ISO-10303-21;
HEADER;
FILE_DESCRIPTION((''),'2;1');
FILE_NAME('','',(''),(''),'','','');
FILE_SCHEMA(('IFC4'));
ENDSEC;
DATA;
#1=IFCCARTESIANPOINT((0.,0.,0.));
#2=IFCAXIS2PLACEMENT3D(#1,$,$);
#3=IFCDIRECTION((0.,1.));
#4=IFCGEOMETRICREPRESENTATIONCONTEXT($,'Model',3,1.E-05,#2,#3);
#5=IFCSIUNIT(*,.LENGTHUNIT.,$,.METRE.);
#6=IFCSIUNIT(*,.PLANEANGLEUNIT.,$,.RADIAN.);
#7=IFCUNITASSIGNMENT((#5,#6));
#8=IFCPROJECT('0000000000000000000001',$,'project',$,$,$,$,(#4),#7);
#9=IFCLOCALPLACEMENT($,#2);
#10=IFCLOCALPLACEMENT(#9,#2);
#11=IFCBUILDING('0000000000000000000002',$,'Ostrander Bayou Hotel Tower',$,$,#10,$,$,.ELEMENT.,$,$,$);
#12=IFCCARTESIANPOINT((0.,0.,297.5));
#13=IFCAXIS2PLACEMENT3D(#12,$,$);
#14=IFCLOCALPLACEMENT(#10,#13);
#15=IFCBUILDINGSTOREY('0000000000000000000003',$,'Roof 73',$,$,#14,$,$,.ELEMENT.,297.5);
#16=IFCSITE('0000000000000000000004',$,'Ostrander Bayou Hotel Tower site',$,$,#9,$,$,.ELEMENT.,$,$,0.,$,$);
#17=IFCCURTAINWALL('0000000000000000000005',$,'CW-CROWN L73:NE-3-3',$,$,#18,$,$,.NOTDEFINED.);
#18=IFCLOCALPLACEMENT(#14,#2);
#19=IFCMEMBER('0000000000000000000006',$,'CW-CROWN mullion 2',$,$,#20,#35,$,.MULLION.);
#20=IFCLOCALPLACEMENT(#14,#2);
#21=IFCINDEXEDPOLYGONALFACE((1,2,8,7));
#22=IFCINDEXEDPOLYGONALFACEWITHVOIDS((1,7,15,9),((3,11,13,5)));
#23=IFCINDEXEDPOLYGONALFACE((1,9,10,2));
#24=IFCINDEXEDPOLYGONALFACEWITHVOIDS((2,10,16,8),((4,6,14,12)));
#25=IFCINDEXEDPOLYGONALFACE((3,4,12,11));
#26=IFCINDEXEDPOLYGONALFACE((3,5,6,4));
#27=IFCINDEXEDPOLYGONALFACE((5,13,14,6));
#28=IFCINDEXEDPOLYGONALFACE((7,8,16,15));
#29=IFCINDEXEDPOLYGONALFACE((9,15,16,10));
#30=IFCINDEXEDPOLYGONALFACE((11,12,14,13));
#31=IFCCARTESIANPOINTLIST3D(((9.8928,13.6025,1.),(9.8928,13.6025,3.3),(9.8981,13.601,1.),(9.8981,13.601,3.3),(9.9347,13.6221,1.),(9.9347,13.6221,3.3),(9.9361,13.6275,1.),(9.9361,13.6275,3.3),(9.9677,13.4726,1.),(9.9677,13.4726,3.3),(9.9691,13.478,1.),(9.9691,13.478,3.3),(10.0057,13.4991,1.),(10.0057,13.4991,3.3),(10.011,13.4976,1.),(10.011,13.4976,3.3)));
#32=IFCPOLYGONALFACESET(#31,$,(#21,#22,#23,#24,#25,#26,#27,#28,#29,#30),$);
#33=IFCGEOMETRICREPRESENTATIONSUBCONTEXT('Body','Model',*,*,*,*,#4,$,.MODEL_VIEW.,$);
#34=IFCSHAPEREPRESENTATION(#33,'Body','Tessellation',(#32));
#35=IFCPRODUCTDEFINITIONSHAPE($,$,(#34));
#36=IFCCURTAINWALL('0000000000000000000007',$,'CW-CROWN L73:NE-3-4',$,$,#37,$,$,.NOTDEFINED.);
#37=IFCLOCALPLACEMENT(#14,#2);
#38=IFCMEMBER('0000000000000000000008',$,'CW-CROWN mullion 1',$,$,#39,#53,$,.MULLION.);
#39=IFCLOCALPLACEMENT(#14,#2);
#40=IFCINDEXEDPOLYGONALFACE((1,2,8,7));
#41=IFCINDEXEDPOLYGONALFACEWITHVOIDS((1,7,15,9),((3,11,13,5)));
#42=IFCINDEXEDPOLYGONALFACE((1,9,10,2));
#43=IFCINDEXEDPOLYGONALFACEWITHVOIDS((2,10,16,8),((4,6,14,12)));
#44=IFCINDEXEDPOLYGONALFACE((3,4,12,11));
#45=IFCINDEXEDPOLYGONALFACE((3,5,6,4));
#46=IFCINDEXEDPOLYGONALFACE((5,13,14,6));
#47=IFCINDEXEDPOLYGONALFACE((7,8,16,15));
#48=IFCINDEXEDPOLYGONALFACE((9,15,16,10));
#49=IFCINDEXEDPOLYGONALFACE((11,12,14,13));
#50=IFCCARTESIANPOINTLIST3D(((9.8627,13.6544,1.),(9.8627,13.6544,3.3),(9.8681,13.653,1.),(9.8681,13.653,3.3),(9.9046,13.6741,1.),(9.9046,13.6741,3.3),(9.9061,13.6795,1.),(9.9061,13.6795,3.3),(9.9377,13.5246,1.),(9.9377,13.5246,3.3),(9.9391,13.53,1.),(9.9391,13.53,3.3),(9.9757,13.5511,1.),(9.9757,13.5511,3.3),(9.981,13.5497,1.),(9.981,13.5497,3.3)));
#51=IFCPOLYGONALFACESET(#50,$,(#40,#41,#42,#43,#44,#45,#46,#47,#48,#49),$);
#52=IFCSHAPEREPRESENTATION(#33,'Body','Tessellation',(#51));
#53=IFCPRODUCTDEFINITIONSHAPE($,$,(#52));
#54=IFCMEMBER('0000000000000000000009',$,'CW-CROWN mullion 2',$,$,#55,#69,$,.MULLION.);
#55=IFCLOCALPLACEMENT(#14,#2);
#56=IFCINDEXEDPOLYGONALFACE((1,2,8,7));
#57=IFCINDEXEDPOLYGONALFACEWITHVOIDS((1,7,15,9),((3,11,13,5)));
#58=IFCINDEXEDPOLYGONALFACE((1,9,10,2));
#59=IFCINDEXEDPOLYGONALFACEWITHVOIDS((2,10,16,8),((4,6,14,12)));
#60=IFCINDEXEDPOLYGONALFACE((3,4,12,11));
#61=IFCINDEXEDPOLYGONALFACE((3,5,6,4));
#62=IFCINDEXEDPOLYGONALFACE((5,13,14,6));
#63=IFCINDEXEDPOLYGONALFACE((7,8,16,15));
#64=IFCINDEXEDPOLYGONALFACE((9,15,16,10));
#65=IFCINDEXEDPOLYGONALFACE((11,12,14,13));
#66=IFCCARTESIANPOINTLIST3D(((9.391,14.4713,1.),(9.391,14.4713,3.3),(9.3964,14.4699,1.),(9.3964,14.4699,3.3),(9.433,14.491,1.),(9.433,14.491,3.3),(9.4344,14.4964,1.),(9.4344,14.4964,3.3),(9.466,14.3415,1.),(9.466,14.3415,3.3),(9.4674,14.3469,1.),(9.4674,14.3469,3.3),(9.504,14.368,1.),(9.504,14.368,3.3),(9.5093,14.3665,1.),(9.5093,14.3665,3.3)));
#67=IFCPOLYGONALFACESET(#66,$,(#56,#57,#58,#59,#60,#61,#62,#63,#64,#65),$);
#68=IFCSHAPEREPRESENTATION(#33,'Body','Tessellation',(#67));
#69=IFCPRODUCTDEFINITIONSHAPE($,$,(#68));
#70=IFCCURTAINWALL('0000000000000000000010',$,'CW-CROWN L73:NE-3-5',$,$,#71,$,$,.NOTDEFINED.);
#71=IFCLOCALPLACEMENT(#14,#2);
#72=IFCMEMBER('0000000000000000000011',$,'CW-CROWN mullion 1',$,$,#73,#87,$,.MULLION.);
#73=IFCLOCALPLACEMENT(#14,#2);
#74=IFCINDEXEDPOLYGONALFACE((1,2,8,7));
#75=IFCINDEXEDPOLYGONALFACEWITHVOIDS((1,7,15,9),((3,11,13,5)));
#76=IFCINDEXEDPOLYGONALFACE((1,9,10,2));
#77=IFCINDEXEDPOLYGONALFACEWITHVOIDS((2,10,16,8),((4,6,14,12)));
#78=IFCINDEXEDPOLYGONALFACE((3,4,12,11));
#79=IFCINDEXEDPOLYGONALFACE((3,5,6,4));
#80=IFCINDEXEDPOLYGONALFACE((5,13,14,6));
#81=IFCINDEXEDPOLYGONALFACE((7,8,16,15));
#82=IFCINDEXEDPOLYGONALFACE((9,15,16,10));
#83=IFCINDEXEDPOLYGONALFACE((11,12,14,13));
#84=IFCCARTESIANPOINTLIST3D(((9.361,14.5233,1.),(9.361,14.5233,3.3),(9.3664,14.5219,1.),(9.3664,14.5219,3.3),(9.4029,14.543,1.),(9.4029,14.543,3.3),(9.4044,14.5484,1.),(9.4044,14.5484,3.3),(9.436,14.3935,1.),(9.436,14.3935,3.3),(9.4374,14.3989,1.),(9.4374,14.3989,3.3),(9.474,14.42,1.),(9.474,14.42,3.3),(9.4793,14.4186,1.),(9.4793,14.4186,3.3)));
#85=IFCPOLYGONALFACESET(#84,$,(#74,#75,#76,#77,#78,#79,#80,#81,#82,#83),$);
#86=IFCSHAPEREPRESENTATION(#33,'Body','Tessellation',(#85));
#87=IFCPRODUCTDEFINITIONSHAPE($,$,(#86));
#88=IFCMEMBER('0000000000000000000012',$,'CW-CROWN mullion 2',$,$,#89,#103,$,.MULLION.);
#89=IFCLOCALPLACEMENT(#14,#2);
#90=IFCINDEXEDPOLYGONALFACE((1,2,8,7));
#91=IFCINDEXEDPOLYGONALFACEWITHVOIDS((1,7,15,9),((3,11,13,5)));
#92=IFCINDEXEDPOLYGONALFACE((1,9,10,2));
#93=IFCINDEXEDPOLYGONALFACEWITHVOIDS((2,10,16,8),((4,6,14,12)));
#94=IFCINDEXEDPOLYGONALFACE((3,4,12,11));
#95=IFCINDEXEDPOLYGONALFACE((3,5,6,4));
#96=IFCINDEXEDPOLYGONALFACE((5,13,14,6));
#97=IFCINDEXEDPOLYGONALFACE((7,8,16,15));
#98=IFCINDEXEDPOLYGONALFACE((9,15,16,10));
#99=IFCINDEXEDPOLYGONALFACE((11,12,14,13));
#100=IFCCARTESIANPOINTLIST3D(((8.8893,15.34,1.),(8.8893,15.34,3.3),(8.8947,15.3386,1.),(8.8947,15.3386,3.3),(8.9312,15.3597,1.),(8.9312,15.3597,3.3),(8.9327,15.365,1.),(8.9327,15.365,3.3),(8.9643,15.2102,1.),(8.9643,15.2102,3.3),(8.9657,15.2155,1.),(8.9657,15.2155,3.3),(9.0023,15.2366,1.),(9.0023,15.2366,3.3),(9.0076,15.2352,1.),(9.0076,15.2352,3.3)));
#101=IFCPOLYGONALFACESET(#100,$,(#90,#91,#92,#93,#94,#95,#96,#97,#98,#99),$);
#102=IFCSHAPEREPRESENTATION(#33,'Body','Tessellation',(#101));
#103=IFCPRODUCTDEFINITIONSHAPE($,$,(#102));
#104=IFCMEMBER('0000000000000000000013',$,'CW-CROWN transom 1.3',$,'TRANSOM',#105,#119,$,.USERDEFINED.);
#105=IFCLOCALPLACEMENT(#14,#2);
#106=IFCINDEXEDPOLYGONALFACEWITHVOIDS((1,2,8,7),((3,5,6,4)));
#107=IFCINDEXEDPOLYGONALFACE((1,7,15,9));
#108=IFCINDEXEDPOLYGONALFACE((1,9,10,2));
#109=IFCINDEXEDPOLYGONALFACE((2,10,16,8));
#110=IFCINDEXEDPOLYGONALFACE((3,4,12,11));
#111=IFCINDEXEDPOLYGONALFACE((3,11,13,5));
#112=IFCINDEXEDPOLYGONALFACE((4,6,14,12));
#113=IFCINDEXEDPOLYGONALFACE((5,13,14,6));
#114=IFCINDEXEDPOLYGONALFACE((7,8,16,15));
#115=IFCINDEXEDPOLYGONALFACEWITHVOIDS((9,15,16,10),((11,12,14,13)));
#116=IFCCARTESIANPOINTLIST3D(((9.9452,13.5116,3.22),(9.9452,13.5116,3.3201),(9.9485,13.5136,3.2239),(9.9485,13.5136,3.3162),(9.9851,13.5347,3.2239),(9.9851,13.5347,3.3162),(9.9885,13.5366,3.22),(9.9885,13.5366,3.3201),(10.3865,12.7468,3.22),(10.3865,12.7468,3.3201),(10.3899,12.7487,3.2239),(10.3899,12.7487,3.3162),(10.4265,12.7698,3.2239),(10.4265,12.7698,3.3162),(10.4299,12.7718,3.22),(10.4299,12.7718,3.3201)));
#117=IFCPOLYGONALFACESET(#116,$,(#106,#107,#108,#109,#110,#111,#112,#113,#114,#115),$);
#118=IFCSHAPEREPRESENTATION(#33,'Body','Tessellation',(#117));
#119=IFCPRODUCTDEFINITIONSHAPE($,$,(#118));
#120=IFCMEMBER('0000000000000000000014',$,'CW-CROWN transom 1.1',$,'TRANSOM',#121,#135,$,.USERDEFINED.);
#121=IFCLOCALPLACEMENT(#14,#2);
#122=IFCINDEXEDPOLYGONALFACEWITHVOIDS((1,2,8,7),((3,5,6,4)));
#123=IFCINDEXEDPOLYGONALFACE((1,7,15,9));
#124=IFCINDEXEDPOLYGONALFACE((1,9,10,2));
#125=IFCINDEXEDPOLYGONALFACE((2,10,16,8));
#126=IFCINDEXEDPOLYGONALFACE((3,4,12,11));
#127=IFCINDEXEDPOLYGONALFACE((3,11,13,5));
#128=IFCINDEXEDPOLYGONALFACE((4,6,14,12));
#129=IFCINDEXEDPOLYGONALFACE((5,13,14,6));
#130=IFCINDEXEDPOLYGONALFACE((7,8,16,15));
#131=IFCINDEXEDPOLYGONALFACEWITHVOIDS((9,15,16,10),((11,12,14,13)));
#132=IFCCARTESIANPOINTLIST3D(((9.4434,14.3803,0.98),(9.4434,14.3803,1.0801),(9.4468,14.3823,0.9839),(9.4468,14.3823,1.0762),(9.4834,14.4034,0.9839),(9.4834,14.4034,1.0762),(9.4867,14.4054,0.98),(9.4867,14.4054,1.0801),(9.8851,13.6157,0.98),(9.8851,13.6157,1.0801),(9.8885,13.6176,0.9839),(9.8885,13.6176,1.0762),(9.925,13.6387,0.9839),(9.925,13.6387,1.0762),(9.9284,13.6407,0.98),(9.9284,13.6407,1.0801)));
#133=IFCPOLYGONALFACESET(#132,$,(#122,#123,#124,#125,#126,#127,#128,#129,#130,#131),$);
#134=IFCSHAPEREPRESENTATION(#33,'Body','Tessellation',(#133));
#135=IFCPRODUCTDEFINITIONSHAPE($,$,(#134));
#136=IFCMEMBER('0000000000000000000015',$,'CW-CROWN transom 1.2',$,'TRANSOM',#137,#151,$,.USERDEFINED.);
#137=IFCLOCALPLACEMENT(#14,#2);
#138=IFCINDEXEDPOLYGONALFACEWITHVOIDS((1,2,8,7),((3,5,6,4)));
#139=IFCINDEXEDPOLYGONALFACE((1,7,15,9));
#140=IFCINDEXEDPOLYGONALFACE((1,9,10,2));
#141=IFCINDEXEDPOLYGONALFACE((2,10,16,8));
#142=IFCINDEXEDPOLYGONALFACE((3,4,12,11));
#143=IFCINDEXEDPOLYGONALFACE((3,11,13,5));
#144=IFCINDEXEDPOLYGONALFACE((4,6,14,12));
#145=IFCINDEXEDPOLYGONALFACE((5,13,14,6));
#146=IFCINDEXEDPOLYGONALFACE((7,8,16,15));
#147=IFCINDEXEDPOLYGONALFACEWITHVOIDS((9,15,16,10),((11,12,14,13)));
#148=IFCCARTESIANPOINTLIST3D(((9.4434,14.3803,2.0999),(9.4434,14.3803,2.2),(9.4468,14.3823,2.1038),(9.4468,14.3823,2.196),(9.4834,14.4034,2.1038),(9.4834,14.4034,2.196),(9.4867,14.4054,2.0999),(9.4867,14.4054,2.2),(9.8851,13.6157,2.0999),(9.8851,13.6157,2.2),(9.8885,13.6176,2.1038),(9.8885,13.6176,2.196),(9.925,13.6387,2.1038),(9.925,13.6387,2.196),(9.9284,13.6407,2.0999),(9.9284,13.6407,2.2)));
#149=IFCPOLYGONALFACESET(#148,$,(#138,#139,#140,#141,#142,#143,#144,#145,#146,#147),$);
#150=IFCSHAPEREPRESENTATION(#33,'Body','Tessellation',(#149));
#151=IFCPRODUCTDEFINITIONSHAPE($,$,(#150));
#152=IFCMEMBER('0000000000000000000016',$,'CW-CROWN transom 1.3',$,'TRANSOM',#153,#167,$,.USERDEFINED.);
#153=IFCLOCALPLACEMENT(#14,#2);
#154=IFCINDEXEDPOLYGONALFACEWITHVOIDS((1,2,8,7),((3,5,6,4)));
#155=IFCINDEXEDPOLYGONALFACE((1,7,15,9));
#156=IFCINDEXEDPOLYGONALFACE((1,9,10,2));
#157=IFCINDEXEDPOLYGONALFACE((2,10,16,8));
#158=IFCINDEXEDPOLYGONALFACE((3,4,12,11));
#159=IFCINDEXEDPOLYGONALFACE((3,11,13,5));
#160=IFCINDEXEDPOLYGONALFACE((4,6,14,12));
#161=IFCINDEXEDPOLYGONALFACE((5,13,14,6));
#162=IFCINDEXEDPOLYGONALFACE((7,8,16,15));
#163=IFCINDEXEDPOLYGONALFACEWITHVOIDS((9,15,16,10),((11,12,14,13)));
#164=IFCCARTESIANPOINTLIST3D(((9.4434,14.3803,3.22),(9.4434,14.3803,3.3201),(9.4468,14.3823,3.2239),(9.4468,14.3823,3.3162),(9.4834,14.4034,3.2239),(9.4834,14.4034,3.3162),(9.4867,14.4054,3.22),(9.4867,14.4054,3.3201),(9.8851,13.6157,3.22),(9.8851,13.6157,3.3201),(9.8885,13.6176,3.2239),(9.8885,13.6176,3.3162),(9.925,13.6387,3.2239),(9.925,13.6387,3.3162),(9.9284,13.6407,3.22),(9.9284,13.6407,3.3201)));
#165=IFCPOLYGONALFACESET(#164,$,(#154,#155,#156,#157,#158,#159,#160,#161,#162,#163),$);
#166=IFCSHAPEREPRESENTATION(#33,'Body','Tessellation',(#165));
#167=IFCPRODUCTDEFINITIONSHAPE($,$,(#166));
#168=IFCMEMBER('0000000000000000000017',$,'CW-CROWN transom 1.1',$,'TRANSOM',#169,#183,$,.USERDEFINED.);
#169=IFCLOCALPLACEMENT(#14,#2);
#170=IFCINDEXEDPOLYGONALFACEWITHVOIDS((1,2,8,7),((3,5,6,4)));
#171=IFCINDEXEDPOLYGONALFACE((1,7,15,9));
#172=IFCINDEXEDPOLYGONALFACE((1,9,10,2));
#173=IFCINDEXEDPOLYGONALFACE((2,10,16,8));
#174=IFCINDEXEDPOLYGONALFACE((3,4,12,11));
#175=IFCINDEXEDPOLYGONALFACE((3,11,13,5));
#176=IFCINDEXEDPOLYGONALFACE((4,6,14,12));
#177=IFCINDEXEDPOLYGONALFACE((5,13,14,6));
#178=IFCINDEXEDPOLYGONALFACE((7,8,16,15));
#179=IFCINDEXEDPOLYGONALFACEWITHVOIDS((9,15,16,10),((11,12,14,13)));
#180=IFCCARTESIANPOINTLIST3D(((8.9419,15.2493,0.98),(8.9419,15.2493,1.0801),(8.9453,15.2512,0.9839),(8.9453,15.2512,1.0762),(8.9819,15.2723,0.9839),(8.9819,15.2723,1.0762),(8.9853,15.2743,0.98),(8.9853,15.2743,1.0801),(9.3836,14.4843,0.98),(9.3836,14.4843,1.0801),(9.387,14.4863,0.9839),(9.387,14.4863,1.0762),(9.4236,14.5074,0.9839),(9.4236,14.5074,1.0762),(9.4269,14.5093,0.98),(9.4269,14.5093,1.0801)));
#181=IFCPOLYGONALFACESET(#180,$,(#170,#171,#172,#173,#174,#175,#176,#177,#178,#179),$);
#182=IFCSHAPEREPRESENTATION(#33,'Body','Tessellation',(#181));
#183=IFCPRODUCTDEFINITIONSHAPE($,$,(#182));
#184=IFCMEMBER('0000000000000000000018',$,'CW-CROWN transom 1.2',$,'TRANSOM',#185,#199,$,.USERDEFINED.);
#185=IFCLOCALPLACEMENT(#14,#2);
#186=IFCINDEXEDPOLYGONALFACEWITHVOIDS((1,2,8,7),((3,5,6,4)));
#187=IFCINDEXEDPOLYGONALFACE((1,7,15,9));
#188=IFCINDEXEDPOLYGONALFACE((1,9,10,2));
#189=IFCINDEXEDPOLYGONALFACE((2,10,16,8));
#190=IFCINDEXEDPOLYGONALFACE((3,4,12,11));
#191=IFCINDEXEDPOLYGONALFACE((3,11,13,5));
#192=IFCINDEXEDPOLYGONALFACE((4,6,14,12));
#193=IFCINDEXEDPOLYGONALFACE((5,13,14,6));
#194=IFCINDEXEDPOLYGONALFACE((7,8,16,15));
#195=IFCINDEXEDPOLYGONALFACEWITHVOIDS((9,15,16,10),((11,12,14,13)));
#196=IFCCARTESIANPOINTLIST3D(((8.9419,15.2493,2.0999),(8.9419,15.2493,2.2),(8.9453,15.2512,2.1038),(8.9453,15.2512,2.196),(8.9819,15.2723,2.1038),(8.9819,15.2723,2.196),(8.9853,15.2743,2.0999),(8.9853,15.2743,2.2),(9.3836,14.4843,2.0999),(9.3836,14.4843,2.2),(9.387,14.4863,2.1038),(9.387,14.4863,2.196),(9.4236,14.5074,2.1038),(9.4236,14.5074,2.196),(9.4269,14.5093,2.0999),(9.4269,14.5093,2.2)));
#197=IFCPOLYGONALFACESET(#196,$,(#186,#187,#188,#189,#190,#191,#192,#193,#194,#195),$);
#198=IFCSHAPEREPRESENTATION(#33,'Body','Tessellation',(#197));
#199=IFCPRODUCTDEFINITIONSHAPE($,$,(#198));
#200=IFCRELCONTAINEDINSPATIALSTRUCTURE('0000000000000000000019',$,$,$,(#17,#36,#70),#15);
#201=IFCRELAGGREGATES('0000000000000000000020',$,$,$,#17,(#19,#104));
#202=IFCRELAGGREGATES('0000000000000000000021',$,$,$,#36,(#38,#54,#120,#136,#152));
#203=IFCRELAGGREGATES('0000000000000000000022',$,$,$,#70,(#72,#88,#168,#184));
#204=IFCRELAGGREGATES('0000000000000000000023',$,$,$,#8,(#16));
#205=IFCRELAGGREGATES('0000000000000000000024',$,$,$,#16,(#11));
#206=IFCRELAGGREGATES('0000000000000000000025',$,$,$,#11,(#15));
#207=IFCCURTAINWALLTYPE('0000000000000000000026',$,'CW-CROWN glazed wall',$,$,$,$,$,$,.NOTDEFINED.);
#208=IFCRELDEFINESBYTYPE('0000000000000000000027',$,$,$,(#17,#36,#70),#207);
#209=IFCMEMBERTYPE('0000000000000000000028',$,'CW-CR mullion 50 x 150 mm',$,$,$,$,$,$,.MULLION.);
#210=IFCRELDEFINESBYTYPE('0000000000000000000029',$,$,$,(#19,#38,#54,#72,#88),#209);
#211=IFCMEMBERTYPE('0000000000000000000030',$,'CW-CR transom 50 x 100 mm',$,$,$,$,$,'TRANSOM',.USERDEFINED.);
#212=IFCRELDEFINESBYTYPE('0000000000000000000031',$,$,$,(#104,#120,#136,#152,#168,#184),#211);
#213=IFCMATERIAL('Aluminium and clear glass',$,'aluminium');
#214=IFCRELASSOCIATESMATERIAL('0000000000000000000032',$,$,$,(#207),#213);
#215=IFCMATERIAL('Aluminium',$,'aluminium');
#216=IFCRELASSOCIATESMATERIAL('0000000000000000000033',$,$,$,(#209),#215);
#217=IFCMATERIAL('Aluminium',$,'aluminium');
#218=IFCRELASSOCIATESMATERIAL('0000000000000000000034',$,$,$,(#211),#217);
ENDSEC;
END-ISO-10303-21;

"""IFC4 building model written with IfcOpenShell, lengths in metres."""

from ifc_helpers import new_model, si_unit, direction, frame, origin, origin_2d, place, context, subcontext, project, spatial, hollow_rectangle, extrude, material, material_profile, profile_set, type_object, element, aggregate, save


model = new_model("IFC4")

# Units and contexts
model_context = context("Model", 3, precision=1e-05, world=origin(), true_north=direction((0.0, 1.0)))
body_context = subcontext(model_context, "Body", "Model", "MODEL_VIEW")
ifc_project = project(units=[si_unit("LENGTHUNIT", "METRE"), si_unit("PLANEANGLEUNIT", "RADIAN")], contexts=[model_context])

# Site, building, storey
site_placement = place(None, origin())
site = spatial("IfcSite", under=ifc_project, at=site_placement, Name="Ostrander Bayou Hotel Tower site", CompositionType="ELEMENT", RefElevation=0.0)
building_placement = place(site_placement, origin())
building = spatial("IfcBuilding", under=site, at=building_placement, Name="Ostrander Bayou Hotel Tower", CompositionType="ELEMENT")
storey_placement = place(building_placement, frame((0.0, 0.0, 297.5)))
storey = spatial("IfcBuildingStorey", under=building, at=storey_placement, Name="Roof 73", CompositionType="ELEMENT", Elevation=297.5)

# Curtain wall, member
ifc_material_1 = material(Name="Aluminium and clear glass", Category="aluminium")
curtain_wall_type = type_object("IfcCurtainWallType", Name="CW-CROWN glazed wall", PredefinedType="NOTDEFINED", material=ifc_material_1)
curtain_wall_1_placement = place(storey_placement, origin())
curtain_wall_1 = element("IfcCurtainWall", 1, at=curtain_wall_1_placement, inside=storey, type_object=curtain_wall_type, Name="CW-CROWN L73:NE-3-3", PredefinedType="NOTDEFINED")
ifc_material_2 = material(Name="Aluminium", Category="aluminium")
ifc_material_profile_1 = material_profile(ifc_material_2, hollow_rectangle(XDim=0.05, YDim=0.1499, WallThickness=0.0039, at=origin_2d()))
ifc_profile_set_1 = profile_set([ifc_material_profile_1], Name="Aluminium")
member_type_1 = type_object("IfcMemberType", Name="CW-CR mullion 50 x 150 mm", PredefinedType="MULLION", material=ifc_profile_set_1)
member_1_placement = place(storey_placement, frame((9.9519, 13.55, 1.0), z_axis=(0.0, 0.0, 1.0), x_axis=(-0.866069, -0.499924, 0.0)))
member_1 = element("IfcMember", 2, at=member_1_placement, type_object=member_type_1, Name="CW-CROWN mullion 2", PredefinedType="MULLION", context=body_context, shape_type="SweptSolid", body=[
    extrude(hollow_rectangle(XDim=0.05, YDim=0.1499, WallThickness=0.0039, at=origin_2d()), origin(), (0.0, 0.0, 1.0), 2.3),
])

# Curtain walls, members
curtain_wall_2_placement = place(storey_placement, origin())
curtain_wall_2 = element("IfcCurtainWall", 3, at=curtain_wall_2_placement, inside=storey, type_object=curtain_wall_type, Name="CW-CROWN L73:NE-3-4", PredefinedType="NOTDEFINED")
member_2_placement = place(storey_placement, frame((9.9219, 13.6021, 1.0), z_axis=(0.0, 0.0, 1.0), x_axis=(-0.866026, -0.499999, 0.0)))
member_2 = element("IfcMember", 4, at=member_2_placement, type_object=member_type_1, Name="CW-CROWN mullion 1", PredefinedType="MULLION", context=body_context, shape_type="SweptSolid", body=[
    extrude(hollow_rectangle(XDim=0.05, YDim=0.1499, WallThickness=0.0039, at=origin_2d()), origin(), (0.0, 0.0, 1.0), 2.3),
])
member_3_placement = place(storey_placement, frame((9.4502, 14.4189, 1.0), z_axis=(0.0, 0.0, 1.0), x_axis=(-0.866026, -0.499999, 0.0)))
member_3 = element("IfcMember", 5, at=member_3_placement, type_object=member_type_1, Name="CW-CROWN mullion 2", PredefinedType="MULLION", context=body_context, shape_type="SweptSolid", body=[
    extrude(hollow_rectangle(XDim=0.05, YDim=0.1499, WallThickness=0.0039, at=origin_2d()), origin(), (0.0, 0.0, 1.0), 2.3),
])
curtain_wall_3_placement = place(storey_placement, origin())
curtain_wall_3 = element("IfcCurtainWall", 6, at=curtain_wall_3_placement, inside=storey, type_object=curtain_wall_type, Name="CW-CROWN L73:NE-3-5", PredefinedType="NOTDEFINED")
member_4_placement = place(storey_placement, frame((9.4202, 14.4709, 1.0), z_axis=(0.0, 0.0, 1.0), x_axis=(-0.866001, -0.500042, 0.0)))
member_4 = element("IfcMember", 7, at=member_4_placement, type_object=member_type_1, Name="CW-CROWN mullion 1", PredefinedType="MULLION", context=body_context, shape_type="SweptSolid", body=[
    extrude(hollow_rectangle(XDim=0.05, YDim=0.1499, WallThickness=0.0039, at=origin_2d()), origin(), (0.0, 0.0, 1.0), 2.3),
])
member_5_placement = place(storey_placement, frame((8.9485, 15.2876, 1.0), z_axis=(0.0, 0.0, 1.0), x_axis=(-0.866001, -0.500042, 0.0)))
member_5 = element("IfcMember", 8, at=member_5_placement, type_object=member_type_1, Name="CW-CROWN mullion 2", PredefinedType="MULLION", context=body_context, shape_type="SweptSolid", body=[
    extrude(hollow_rectangle(XDim=0.05, YDim=0.1499, WallThickness=0.0039, at=origin_2d()), origin(), (0.0, 0.0, 1.0), 2.3),
])

# Members
ifc_material_3 = material(Name="Aluminium", Category="aluminium")
ifc_material_profile_2 = material_profile(ifc_material_3, hollow_rectangle(XDim=0.05, YDim=0.1001, WallThickness=0.0039, at=origin_2d()))
ifc_profile_set_2 = profile_set([ifc_material_profile_2], Name="Aluminium")
member_type_2 = type_object("IfcMemberType", Name="CW-CR transom 50 x 100 mm", ElementType="TRANSOM", PredefinedType="USERDEFINED", material=ifc_profile_set_2)
member_6_placement = place(storey_placement, frame((10.4082, 12.7593, 3.27), z_axis=(-0.499826, 0.866126, 0.0), x_axis=(-0.866126, -0.499826, 0.0)))
member_6 = element("IfcMember", 9, at=member_6_placement, type_object=member_type_2, Name="CW-CROWN transom 1.3", ObjectType="TRANSOM", PredefinedType="USERDEFINED", context=body_context, shape_type="SweptSolid", body=[
    extrude(hollow_rectangle(XDim=0.05, YDim=0.1001, WallThickness=0.0039, at=origin_2d()), origin(), (0.0, 0.0, 1.0), 0.8831),
])
member_7_placement = place(storey_placement, frame((9.9067, 13.6282, 1.03), z_axis=(-0.500153, 0.865937, 0.0), x_axis=(-0.865937, -0.500153, 0.0)))
member_7 = element("IfcMember", 10, at=member_7_placement, type_object=member_type_2, Name="CW-CROWN transom 1.1", ObjectType="TRANSOM", PredefinedType="USERDEFINED", context=body_context, shape_type="SweptSolid", body=[
    extrude(hollow_rectangle(XDim=0.05, YDim=0.1001, WallThickness=0.0039, at=origin_2d()), origin(), (0.0, 0.0, 1.0), 0.8831),
])
member_8_placement = place(storey_placement, frame((9.9067, 13.6282, 2.1499), z_axis=(-0.500153, 0.865937, 0.0), x_axis=(-0.865937, -0.500153, 0.0)))
member_8 = element("IfcMember", 11, at=member_8_placement, type_object=member_type_2, Name="CW-CROWN transom 1.2", ObjectType="TRANSOM", PredefinedType="USERDEFINED", context=body_context, shape_type="SweptSolid", body=[
    extrude(hollow_rectangle(XDim=0.05, YDim=0.1001, WallThickness=0.0039, at=origin_2d()), origin(), (0.0, 0.0, 1.0), 0.8831),
])
member_9_placement = place(storey_placement, frame((9.9067, 13.6282, 3.27), z_axis=(-0.500153, 0.865937, 0.0), x_axis=(-0.865937, -0.500153, 0.0)))
member_9 = element("IfcMember", 12, at=member_9_placement, type_object=member_type_2, Name="CW-CROWN transom 1.3", ObjectType="TRANSOM", PredefinedType="USERDEFINED", context=body_context, shape_type="SweptSolid", body=[
    extrude(hollow_rectangle(XDim=0.05, YDim=0.1001, WallThickness=0.0039, at=origin_2d()), origin(), (0.0, 0.0, 1.0), 0.8831),
])
member_10_placement = place(storey_placement, frame((9.4053, 14.4968, 1.03), z_axis=(-0.500034, 0.866006, 0.0), x_axis=(-0.866006, -0.500034, 0.0)))
member_10 = element("IfcMember", 13, at=member_10_placement, type_object=member_type_2, Name="CW-CROWN transom 1.1", ObjectType="TRANSOM", PredefinedType="USERDEFINED", context=body_context, shape_type="SweptSolid", body=[
    extrude(hollow_rectangle(XDim=0.05, YDim=0.1001, WallThickness=0.0039, at=origin_2d()), origin(), (0.0, 0.0, 1.0), 0.8833),
])
member_11_placement = place(storey_placement, frame((9.4053, 14.4968, 2.1499), z_axis=(-0.500034, 0.866006, 0.0), x_axis=(-0.866006, -0.500034, 0.0)))
member_11 = element("IfcMember", 14, at=member_11_placement, type_object=member_type_2, Name="CW-CROWN transom 1.2", ObjectType="TRANSOM", PredefinedType="USERDEFINED", context=body_context, shape_type="SweptSolid", body=[
    extrude(hollow_rectangle(XDim=0.05, YDim=0.1001, WallThickness=0.0039, at=origin_2d()), origin(), (0.0, 0.0, 1.0), 0.8833),
])

aggregate(curtain_wall_1, [member_1, member_6])
aggregate(curtain_wall_2, [member_2, member_3, member_7, member_8, member_9])
aggregate(curtain_wall_3, [member_4, member_5, member_10, member_11])

save(model, "model.ifc")
